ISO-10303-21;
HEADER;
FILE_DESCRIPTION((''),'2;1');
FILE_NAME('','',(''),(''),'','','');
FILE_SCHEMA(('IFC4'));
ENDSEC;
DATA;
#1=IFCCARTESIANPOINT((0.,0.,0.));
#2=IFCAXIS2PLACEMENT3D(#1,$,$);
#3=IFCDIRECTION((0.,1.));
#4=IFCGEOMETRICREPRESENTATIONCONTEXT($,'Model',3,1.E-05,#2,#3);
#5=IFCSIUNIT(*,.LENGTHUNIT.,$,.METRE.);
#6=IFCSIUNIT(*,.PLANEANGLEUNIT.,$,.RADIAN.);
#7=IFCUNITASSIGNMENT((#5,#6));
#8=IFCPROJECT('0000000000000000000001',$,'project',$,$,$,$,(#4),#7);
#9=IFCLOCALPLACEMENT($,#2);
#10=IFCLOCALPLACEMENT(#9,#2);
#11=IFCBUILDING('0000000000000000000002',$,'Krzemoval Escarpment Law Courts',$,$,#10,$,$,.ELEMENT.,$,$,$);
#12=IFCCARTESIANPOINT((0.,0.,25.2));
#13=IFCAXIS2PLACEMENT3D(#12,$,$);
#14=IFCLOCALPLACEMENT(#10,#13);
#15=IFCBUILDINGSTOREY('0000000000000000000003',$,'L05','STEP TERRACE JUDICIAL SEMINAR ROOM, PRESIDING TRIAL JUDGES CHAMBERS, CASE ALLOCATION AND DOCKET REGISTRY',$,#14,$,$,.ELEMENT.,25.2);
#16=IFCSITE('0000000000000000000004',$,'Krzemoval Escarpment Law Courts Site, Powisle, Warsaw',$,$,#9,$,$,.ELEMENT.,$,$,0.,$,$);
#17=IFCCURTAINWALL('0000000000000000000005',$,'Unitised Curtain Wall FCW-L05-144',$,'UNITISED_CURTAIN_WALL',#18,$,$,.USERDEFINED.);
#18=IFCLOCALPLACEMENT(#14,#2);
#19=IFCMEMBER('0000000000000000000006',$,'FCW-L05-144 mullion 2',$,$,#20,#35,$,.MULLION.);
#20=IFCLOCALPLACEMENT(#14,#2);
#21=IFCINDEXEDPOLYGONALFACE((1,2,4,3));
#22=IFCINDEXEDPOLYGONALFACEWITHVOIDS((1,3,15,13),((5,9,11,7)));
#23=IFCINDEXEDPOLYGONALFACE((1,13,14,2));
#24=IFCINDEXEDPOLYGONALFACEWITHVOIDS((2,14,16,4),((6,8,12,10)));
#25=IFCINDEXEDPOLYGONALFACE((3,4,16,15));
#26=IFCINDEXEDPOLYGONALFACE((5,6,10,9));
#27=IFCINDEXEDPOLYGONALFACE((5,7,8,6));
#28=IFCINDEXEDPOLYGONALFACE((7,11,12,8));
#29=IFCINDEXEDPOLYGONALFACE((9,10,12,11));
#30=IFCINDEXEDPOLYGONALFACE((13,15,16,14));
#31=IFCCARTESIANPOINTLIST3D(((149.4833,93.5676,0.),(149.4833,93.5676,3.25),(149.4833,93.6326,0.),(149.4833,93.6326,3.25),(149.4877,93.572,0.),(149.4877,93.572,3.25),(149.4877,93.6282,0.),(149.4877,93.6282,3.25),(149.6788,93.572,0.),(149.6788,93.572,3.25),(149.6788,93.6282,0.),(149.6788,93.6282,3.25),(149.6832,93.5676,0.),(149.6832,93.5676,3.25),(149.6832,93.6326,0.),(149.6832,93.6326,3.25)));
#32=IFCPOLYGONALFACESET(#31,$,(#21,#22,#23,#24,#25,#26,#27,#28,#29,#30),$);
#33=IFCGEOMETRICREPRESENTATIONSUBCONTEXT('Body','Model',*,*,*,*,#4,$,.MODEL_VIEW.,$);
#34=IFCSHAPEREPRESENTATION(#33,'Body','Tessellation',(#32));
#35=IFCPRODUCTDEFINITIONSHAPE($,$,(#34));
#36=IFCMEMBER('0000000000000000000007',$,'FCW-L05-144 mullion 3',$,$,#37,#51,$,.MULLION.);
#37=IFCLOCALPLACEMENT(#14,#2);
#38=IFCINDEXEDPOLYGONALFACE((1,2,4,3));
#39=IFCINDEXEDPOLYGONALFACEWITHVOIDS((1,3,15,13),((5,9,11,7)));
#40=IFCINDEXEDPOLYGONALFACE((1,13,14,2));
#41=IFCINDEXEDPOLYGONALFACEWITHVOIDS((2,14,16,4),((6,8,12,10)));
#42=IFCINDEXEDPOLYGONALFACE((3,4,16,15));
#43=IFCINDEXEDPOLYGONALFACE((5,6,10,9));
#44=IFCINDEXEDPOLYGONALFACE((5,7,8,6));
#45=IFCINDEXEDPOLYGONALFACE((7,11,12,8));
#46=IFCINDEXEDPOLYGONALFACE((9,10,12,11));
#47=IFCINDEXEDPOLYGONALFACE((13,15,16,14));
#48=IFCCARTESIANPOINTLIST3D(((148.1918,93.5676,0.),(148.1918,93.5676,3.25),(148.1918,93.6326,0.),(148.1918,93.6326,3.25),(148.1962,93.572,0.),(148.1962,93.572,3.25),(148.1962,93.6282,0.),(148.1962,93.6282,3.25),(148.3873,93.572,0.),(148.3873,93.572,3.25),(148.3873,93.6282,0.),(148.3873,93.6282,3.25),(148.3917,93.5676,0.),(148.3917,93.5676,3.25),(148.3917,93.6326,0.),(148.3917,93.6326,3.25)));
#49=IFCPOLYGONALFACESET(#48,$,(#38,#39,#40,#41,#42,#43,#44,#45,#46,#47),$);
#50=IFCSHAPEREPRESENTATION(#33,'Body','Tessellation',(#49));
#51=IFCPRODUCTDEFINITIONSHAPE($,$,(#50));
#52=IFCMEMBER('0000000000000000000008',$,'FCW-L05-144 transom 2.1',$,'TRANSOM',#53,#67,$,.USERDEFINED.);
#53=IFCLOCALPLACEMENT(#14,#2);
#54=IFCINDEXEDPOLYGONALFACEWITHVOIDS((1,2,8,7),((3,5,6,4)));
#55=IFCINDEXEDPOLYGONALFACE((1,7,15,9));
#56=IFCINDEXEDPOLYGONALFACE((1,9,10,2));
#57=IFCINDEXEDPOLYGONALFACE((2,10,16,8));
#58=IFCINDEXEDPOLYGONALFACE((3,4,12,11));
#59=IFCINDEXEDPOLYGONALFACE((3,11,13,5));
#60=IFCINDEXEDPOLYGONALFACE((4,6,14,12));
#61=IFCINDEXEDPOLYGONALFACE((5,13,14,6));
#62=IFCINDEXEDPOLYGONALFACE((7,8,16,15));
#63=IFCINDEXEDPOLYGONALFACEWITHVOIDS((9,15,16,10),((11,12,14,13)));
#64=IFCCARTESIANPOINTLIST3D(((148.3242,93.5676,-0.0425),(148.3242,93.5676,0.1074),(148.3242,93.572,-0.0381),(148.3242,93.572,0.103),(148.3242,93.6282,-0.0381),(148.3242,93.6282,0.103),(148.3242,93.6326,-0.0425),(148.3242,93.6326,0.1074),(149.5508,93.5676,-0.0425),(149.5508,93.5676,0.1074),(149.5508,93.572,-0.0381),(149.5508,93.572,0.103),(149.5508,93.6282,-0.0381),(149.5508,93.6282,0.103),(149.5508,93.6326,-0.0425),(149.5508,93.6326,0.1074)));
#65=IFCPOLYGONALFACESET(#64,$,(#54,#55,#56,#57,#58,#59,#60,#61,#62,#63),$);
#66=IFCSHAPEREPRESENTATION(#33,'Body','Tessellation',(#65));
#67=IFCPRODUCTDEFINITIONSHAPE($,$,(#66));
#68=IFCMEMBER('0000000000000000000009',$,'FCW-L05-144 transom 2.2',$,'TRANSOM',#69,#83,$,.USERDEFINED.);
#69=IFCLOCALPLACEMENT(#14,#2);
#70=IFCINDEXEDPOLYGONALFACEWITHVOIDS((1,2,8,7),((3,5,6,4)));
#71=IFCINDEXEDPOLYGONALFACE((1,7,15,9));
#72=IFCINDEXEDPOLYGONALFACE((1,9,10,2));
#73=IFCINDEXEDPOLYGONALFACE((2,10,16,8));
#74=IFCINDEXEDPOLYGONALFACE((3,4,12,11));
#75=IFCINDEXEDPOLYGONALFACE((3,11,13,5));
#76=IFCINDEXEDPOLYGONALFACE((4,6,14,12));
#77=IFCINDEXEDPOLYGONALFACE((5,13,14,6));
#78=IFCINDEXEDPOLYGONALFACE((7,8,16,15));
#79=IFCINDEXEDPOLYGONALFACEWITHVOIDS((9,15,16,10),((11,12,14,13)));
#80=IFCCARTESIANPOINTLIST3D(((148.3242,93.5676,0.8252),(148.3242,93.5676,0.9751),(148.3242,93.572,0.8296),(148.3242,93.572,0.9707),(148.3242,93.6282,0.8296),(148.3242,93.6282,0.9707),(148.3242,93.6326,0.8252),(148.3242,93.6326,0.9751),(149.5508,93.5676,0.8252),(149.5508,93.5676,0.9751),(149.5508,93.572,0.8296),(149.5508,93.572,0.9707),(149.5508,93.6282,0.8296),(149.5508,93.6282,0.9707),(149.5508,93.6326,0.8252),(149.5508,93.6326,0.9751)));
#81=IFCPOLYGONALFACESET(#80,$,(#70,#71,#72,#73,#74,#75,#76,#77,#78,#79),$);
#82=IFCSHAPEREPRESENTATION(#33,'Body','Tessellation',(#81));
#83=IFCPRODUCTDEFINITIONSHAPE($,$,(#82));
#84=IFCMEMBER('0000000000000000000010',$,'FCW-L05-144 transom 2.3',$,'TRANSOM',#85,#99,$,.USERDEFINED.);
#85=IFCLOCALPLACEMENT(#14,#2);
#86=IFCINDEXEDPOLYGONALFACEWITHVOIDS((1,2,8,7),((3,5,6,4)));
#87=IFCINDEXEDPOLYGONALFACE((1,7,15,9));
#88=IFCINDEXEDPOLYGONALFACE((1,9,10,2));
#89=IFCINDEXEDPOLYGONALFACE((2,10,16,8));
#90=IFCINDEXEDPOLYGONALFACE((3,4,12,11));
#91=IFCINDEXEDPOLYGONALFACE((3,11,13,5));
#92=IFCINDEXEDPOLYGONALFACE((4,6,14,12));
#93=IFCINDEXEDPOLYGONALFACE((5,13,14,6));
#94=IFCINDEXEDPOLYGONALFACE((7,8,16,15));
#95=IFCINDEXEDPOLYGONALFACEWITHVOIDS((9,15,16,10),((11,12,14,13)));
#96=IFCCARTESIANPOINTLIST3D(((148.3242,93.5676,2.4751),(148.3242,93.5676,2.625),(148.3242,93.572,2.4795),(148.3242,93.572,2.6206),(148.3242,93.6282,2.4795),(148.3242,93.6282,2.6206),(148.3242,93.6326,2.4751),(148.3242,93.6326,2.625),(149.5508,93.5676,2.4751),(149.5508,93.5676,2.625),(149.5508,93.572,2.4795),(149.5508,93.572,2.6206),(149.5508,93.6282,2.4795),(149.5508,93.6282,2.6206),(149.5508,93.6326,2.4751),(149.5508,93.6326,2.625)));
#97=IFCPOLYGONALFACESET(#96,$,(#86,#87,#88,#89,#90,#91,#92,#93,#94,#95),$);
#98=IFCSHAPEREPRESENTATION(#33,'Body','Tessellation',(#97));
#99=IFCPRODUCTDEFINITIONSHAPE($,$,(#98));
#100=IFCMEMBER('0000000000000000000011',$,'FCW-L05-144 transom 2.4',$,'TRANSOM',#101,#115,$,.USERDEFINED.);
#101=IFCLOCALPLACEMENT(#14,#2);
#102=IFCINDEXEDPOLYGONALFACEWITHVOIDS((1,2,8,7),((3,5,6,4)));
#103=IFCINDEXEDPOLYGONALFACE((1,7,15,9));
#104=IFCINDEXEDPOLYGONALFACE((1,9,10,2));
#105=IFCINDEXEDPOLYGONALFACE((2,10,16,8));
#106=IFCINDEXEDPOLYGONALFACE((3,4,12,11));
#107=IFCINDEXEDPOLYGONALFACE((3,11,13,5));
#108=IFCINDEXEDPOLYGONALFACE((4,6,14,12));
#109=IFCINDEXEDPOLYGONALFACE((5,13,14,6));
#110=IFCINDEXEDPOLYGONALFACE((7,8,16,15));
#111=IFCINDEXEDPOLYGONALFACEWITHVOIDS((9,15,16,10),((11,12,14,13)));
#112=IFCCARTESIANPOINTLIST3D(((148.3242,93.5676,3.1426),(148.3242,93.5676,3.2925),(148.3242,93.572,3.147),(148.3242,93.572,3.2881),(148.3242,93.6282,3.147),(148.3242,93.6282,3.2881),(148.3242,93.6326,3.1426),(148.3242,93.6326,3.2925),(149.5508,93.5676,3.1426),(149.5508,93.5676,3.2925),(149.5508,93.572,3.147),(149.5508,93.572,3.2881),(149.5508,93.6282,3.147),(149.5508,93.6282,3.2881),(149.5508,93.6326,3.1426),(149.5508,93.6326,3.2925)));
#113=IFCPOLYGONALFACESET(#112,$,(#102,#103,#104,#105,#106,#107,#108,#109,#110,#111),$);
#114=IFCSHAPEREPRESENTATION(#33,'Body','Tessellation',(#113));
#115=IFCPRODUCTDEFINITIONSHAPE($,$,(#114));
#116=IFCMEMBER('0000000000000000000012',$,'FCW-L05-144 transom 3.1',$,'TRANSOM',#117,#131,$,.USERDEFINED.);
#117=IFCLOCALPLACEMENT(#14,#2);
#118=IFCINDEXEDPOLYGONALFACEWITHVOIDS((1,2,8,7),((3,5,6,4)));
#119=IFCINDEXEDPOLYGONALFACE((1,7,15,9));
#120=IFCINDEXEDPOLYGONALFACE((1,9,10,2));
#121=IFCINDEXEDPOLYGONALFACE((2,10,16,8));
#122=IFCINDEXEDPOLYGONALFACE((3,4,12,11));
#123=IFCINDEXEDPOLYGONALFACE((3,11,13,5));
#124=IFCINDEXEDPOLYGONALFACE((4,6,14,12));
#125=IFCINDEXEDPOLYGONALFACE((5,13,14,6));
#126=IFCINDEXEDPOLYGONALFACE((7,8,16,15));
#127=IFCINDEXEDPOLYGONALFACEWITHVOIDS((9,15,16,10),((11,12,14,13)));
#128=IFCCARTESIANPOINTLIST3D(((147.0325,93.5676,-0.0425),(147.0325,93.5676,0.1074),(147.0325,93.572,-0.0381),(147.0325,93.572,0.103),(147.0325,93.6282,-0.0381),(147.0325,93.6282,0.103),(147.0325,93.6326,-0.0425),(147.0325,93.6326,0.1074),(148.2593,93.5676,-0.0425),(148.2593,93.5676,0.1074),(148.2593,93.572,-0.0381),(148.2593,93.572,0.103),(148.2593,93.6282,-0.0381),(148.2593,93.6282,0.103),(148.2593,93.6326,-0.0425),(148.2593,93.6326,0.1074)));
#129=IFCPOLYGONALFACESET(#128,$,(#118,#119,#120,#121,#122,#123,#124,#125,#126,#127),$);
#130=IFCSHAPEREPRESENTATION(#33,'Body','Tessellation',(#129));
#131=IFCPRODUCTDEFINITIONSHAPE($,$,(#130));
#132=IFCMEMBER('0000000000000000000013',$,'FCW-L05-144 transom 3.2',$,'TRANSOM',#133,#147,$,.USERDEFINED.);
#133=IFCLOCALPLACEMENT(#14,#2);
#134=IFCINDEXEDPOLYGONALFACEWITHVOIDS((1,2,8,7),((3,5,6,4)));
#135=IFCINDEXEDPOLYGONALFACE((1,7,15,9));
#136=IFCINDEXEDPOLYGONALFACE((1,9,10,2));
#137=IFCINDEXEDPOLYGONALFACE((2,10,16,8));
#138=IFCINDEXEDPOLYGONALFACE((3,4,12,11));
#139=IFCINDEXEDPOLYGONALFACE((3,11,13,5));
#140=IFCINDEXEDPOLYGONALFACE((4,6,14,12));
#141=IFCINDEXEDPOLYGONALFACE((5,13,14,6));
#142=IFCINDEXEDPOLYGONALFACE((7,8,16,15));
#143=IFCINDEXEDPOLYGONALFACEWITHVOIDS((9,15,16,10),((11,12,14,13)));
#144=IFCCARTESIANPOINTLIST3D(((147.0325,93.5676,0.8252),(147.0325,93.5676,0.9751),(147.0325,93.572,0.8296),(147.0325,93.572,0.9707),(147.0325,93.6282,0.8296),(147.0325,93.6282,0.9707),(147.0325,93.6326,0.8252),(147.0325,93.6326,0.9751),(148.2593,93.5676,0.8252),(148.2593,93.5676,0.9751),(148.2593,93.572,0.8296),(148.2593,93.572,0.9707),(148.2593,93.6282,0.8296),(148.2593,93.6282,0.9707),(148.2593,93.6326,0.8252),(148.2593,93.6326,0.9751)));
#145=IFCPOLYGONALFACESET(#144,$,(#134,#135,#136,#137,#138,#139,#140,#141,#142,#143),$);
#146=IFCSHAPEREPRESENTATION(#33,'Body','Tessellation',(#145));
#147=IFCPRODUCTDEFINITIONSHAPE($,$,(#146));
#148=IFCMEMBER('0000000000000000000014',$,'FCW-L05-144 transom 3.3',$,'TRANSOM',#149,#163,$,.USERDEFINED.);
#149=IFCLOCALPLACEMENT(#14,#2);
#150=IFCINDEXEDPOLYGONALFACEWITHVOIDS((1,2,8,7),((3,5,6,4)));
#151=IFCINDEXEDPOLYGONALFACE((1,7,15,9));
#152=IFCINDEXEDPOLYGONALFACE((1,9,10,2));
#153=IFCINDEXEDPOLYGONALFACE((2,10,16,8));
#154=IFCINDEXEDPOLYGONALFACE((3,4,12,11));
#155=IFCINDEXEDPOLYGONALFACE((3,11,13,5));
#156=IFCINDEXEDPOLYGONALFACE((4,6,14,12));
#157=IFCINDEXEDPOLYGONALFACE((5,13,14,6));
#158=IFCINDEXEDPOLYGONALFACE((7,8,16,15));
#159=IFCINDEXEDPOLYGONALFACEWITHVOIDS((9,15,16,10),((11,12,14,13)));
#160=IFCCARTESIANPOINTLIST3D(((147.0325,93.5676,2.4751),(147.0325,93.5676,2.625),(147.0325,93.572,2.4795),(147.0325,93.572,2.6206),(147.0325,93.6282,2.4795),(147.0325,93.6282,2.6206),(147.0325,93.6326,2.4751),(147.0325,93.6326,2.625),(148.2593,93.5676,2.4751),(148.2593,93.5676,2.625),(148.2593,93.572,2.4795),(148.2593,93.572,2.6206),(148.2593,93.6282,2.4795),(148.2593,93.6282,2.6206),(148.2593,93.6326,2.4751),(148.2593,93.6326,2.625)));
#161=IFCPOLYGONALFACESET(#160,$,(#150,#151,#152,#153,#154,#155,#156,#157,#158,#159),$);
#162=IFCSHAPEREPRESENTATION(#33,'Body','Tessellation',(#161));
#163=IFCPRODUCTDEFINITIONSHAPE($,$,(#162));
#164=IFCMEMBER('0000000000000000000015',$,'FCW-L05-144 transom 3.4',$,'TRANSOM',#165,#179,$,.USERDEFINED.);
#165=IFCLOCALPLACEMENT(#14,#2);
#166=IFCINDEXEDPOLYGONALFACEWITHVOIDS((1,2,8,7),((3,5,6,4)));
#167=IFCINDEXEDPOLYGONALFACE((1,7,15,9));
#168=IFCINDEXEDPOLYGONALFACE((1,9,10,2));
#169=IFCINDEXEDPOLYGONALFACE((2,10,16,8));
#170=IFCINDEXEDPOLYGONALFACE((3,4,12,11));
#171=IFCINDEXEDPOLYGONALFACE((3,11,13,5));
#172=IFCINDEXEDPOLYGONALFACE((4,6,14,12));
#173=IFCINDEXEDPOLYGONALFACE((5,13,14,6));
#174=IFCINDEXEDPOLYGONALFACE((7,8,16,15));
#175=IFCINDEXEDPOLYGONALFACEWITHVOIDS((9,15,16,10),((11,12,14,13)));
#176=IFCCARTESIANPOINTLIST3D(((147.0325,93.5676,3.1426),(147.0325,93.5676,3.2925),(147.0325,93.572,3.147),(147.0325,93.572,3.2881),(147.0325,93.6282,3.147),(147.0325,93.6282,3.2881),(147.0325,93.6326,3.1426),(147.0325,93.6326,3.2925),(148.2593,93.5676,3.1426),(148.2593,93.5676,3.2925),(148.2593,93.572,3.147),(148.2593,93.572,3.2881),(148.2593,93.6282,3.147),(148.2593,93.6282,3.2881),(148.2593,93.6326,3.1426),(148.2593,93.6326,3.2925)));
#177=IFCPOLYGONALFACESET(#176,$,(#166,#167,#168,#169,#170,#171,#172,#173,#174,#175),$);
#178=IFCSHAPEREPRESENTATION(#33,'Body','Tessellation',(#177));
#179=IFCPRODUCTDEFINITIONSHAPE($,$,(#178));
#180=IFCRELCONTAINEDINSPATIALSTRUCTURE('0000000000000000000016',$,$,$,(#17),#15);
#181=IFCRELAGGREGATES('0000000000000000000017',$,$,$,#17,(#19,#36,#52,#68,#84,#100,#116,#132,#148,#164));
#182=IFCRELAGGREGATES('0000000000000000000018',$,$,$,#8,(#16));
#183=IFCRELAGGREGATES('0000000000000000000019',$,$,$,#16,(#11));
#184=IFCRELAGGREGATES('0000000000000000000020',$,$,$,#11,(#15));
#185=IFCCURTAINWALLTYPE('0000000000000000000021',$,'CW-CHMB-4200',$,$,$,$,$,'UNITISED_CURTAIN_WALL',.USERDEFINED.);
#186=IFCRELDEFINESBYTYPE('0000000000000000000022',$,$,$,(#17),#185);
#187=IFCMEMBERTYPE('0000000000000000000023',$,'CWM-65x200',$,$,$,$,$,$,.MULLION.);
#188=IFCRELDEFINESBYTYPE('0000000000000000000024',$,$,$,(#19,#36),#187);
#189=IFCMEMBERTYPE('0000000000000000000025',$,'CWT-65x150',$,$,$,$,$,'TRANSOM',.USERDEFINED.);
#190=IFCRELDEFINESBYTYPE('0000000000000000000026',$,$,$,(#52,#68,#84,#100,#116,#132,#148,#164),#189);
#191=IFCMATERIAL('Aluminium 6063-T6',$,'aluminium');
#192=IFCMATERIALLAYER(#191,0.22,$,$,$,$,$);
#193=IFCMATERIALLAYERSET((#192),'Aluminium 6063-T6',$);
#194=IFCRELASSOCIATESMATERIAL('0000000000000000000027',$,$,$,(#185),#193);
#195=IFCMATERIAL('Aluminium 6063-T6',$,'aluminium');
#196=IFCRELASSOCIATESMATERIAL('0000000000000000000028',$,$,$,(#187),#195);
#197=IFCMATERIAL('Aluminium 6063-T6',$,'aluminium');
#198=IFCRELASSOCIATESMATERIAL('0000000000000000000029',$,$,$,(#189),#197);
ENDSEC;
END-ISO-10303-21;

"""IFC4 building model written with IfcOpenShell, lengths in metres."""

from ifc_helpers import new_model, si_unit, direction, frame, origin, origin_2d, place, context, subcontext, project, spatial, hollow_rectangle, extrude, material, layer, layer_set, material_profile, profile_set, type_object, element, aggregate, save


model = new_model("IFC4")

# Units and contexts
model_context = context("Model", 3, precision=1e-05, world=origin(), true_north=direction((0.0, 1.0)))
body_context = subcontext(model_context, "Body", "Model", "MODEL_VIEW")
ifc_project = project(units=[si_unit("LENGTHUNIT", "METRE"), si_unit("PLANEANGLEUNIT", "RADIAN")], contexts=[model_context])

# Site, building, storey
site_placement = place(None, origin())
site = spatial("IfcSite", under=ifc_project, at=site_placement, Name="Krzemoval Escarpment Law Courts Site, Powisle, Warsaw", CompositionType="ELEMENT", RefElevation=0.0)
building_placement = place(site_placement, origin())
building = spatial("IfcBuilding", under=site, at=building_placement, Name="Krzemoval Escarpment Law Courts", CompositionType="ELEMENT")
storey_placement = place(building_placement, frame((0.0, 0.0, 25.2)))
storey = spatial("IfcBuildingStorey", under=building, at=storey_placement, Name="L05", Description="STEP TERRACE JUDICIAL SEMINAR ROOM, PRESIDING TRIAL JUDGES CHAMBERS, CASE ALLOCATION AND DOCKET REGISTRY", CompositionType="ELEMENT", Elevation=25.2)

# Curtain wall, members
ifc_material_1 = material(Name="Aluminium 6063-T6", Category="aluminium")
ifc_layer_1 = layer(ifc_material_1, 0.22)
ifc_layer_set_1 = layer_set([ifc_layer_1], Name="Aluminium 6063-T6")
curtain_wall_type = type_object("IfcCurtainWallType", Name="CW-CHMB-4200", ElementType="UNITISED_CURTAIN_WALL", PredefinedType="USERDEFINED", material=ifc_layer_set_1)
curtain_wall_placement = place(storey_placement, origin())
curtain_wall = element("IfcCurtainWall", 1, at=curtain_wall_placement, inside=storey, type_object=curtain_wall_type, Name="Unitised Curtain Wall FCW-L05-144", ObjectType="UNITISED_CURTAIN_WALL", PredefinedType="USERDEFINED")
ifc_material_2 = material(Name="Aluminium 6063-T6", Category="aluminium")
ifc_material_profile_1 = material_profile(ifc_material_2, hollow_rectangle(XDim=0.0649, YDim=0.2, WallThickness=0.0044, at=origin_2d()), Name="ALU M65x200")
ifc_profile_set_1 = profile_set([ifc_material_profile_1], Name="Aluminium 6063-T6")
member_type_1 = type_object("IfcMemberType", Name="CWM-65x200", PredefinedType="MULLION", material=ifc_profile_set_1)
member_1_placement = place(storey_placement, frame((149.5833, 93.6001, 0.0), z_axis=(0.0, 0.0, 1.0), x_axis=(0.0, -1.0, 0.0)))
member_1 = element("IfcMember", 2, at=member_1_placement, type_object=member_type_1, Name="FCW-L05-144 mullion 2", PredefinedType="MULLION", context=body_context, shape_type="SweptSolid", body=[
    extrude(hollow_rectangle(XDim=0.0649, YDim=0.2, WallThickness=0.0044, at=origin_2d()), origin(), (0.0, 0.0, 1.0), 3.25),
])
member_2_placement = place(storey_placement, frame((148.2917, 93.6001, 0.0), z_axis=(0.0, 0.0, 1.0), x_axis=(0.0, -1.0, 0.0)))
member_2 = element("IfcMember", 3, at=member_2_placement, type_object=member_type_1, Name="FCW-L05-144 mullion 3", PredefinedType="MULLION", context=body_context, shape_type="SweptSolid", body=[
    extrude(hollow_rectangle(XDim=0.0649, YDim=0.2, WallThickness=0.0044, at=origin_2d()), origin(), (0.0, 0.0, 1.0), 3.25),
])
ifc_material_3 = material(Name="Aluminium 6063-T6", Category="aluminium")
ifc_material_profile_2 = material_profile(ifc_material_3, hollow_rectangle(XDim=0.0649, YDim=0.1499, WallThickness=0.0044, at=origin_2d()), Name="ALU T65x150")
ifc_profile_set_2 = profile_set([ifc_material_profile_2], Name="Aluminium 6063-T6")
member_type_2 = type_object("IfcMemberType", Name="CWT-65x150", ElementType="TRANSOM", PredefinedType="USERDEFINED", material=ifc_profile_set_2)
member_3_placement = place(storey_placement, frame((149.5508, 93.6001, 0.0325), z_axis=(-1.0, 0.0, 0.0), x_axis=(0.0, -1.0, 0.0)))
member_3 = element("IfcMember", 4, at=member_3_placement, type_object=member_type_2, Name="FCW-L05-144 transom 2.1", ObjectType="TRANSOM", PredefinedType="USERDEFINED", context=body_context, shape_type="SweptSolid", body=[
    extrude(hollow_rectangle(XDim=0.0649, YDim=0.1499, WallThickness=0.0044, at=origin_2d()), origin(), (0.0, 0.0, 1.0), 1.2266),
])
member_4_placement = place(storey_placement, frame((149.5508, 93.6001, 0.9001), z_axis=(-1.0, 0.0, 0.0), x_axis=(0.0, -1.0, 0.0)))
member_4 = element("IfcMember", 5, at=member_4_placement, type_object=member_type_2, Name="FCW-L05-144 transom 2.2", ObjectType="TRANSOM", PredefinedType="USERDEFINED", context=body_context, shape_type="SweptSolid", body=[
    extrude(hollow_rectangle(XDim=0.0649, YDim=0.1499, WallThickness=0.0044, at=origin_2d()), origin(), (0.0, 0.0, 1.0), 1.2266),
])
member_5_placement = place(storey_placement, frame((149.5508, 93.6001, 2.55), z_axis=(-1.0, 0.0, 0.0), x_axis=(0.0, -1.0, 0.0)))
member_5 = element("IfcMember", 6, at=member_5_placement, type_object=member_type_2, Name="FCW-L05-144 transom 2.3", ObjectType="TRANSOM", PredefinedType="USERDEFINED", context=body_context, shape_type="SweptSolid", body=[
    extrude(hollow_rectangle(XDim=0.0649, YDim=0.1499, WallThickness=0.0044, at=origin_2d()), origin(), (0.0, 0.0, 1.0), 1.2266),
])
member_6_placement = place(storey_placement, frame((149.5508, 93.6001, 3.2175), z_axis=(-1.0, 0.0, 0.0), x_axis=(0.0, -1.0, 0.0)))
member_6 = element("IfcMember", 7, at=member_6_placement, type_object=member_type_2, Name="FCW-L05-144 transom 2.4", ObjectType="TRANSOM", PredefinedType="USERDEFINED", context=body_context, shape_type="SweptSolid", body=[
    extrude(hollow_rectangle(XDim=0.0649, YDim=0.1499, WallThickness=0.0044, at=origin_2d()), origin(), (0.0, 0.0, 1.0), 1.2266),
])
member_7_placement = place(storey_placement, frame((148.2593, 93.6001, 0.0325), z_axis=(-1.0, 0.0, 0.0), x_axis=(0.0, -1.0, 0.0)))
member_7 = element("IfcMember", 8, at=member_7_placement, type_object=member_type_2, Name="FCW-L05-144 transom 3.1", ObjectType="TRANSOM", PredefinedType="USERDEFINED", context=body_context, shape_type="SweptSolid", body=[
    extrude(hollow_rectangle(XDim=0.0649, YDim=0.1499, WallThickness=0.0044, at=origin_2d()), origin(), (0.0, 0.0, 1.0), 1.2268),
])
member_8_placement = place(storey_placement, frame((148.2593, 93.6001, 0.9001), z_axis=(-1.0, 0.0, 0.0), x_axis=(0.0, -1.0, 0.0)))
member_8 = element("IfcMember", 9, at=member_8_placement, type_object=member_type_2, Name="FCW-L05-144 transom 3.2", ObjectType="TRANSOM", PredefinedType="USERDEFINED", context=body_context, shape_type="SweptSolid", body=[
    extrude(hollow_rectangle(XDim=0.0649, YDim=0.1499, WallThickness=0.0044, at=origin_2d()), origin(), (0.0, 0.0, 1.0), 1.2268),
])
member_9_placement = place(storey_placement, frame((148.2593, 93.6001, 2.55), z_axis=(-1.0, 0.0, 0.0), x_axis=(0.0, -1.0, 0.0)))
member_9 = element("IfcMember", 10, at=member_9_placement, type_object=member_type_2, Name="FCW-L05-144 transom 3.3", ObjectType="TRANSOM", PredefinedType="USERDEFINED", context=body_context, shape_type="SweptSolid", body=[
    extrude(hollow_rectangle(XDim=0.0649, YDim=0.1499, WallThickness=0.0044, at=origin_2d()), origin(), (0.0, 0.0, 1.0), 1.2268),
])
member_10_placement = place(storey_placement, frame((148.2593, 93.6001, 3.2175), z_axis=(-1.0, 0.0, 0.0), x_axis=(0.0, -1.0, 0.0)))
member_10 = element("IfcMember", 11, at=member_10_placement, type_object=member_type_2, Name="FCW-L05-144 transom 3.4", ObjectType="TRANSOM", PredefinedType="USERDEFINED", context=body_context, shape_type="SweptSolid", body=[
    extrude(hollow_rectangle(XDim=0.0649, YDim=0.1499, WallThickness=0.0044, at=origin_2d()), origin(), (0.0, 0.0, 1.0), 1.2268),
])

aggregate(curtain_wall, [member_1, member_2, member_3, member_4, member_5, member_6, member_7, member_8, member_9, member_10])

save(model, "model.ifc")
